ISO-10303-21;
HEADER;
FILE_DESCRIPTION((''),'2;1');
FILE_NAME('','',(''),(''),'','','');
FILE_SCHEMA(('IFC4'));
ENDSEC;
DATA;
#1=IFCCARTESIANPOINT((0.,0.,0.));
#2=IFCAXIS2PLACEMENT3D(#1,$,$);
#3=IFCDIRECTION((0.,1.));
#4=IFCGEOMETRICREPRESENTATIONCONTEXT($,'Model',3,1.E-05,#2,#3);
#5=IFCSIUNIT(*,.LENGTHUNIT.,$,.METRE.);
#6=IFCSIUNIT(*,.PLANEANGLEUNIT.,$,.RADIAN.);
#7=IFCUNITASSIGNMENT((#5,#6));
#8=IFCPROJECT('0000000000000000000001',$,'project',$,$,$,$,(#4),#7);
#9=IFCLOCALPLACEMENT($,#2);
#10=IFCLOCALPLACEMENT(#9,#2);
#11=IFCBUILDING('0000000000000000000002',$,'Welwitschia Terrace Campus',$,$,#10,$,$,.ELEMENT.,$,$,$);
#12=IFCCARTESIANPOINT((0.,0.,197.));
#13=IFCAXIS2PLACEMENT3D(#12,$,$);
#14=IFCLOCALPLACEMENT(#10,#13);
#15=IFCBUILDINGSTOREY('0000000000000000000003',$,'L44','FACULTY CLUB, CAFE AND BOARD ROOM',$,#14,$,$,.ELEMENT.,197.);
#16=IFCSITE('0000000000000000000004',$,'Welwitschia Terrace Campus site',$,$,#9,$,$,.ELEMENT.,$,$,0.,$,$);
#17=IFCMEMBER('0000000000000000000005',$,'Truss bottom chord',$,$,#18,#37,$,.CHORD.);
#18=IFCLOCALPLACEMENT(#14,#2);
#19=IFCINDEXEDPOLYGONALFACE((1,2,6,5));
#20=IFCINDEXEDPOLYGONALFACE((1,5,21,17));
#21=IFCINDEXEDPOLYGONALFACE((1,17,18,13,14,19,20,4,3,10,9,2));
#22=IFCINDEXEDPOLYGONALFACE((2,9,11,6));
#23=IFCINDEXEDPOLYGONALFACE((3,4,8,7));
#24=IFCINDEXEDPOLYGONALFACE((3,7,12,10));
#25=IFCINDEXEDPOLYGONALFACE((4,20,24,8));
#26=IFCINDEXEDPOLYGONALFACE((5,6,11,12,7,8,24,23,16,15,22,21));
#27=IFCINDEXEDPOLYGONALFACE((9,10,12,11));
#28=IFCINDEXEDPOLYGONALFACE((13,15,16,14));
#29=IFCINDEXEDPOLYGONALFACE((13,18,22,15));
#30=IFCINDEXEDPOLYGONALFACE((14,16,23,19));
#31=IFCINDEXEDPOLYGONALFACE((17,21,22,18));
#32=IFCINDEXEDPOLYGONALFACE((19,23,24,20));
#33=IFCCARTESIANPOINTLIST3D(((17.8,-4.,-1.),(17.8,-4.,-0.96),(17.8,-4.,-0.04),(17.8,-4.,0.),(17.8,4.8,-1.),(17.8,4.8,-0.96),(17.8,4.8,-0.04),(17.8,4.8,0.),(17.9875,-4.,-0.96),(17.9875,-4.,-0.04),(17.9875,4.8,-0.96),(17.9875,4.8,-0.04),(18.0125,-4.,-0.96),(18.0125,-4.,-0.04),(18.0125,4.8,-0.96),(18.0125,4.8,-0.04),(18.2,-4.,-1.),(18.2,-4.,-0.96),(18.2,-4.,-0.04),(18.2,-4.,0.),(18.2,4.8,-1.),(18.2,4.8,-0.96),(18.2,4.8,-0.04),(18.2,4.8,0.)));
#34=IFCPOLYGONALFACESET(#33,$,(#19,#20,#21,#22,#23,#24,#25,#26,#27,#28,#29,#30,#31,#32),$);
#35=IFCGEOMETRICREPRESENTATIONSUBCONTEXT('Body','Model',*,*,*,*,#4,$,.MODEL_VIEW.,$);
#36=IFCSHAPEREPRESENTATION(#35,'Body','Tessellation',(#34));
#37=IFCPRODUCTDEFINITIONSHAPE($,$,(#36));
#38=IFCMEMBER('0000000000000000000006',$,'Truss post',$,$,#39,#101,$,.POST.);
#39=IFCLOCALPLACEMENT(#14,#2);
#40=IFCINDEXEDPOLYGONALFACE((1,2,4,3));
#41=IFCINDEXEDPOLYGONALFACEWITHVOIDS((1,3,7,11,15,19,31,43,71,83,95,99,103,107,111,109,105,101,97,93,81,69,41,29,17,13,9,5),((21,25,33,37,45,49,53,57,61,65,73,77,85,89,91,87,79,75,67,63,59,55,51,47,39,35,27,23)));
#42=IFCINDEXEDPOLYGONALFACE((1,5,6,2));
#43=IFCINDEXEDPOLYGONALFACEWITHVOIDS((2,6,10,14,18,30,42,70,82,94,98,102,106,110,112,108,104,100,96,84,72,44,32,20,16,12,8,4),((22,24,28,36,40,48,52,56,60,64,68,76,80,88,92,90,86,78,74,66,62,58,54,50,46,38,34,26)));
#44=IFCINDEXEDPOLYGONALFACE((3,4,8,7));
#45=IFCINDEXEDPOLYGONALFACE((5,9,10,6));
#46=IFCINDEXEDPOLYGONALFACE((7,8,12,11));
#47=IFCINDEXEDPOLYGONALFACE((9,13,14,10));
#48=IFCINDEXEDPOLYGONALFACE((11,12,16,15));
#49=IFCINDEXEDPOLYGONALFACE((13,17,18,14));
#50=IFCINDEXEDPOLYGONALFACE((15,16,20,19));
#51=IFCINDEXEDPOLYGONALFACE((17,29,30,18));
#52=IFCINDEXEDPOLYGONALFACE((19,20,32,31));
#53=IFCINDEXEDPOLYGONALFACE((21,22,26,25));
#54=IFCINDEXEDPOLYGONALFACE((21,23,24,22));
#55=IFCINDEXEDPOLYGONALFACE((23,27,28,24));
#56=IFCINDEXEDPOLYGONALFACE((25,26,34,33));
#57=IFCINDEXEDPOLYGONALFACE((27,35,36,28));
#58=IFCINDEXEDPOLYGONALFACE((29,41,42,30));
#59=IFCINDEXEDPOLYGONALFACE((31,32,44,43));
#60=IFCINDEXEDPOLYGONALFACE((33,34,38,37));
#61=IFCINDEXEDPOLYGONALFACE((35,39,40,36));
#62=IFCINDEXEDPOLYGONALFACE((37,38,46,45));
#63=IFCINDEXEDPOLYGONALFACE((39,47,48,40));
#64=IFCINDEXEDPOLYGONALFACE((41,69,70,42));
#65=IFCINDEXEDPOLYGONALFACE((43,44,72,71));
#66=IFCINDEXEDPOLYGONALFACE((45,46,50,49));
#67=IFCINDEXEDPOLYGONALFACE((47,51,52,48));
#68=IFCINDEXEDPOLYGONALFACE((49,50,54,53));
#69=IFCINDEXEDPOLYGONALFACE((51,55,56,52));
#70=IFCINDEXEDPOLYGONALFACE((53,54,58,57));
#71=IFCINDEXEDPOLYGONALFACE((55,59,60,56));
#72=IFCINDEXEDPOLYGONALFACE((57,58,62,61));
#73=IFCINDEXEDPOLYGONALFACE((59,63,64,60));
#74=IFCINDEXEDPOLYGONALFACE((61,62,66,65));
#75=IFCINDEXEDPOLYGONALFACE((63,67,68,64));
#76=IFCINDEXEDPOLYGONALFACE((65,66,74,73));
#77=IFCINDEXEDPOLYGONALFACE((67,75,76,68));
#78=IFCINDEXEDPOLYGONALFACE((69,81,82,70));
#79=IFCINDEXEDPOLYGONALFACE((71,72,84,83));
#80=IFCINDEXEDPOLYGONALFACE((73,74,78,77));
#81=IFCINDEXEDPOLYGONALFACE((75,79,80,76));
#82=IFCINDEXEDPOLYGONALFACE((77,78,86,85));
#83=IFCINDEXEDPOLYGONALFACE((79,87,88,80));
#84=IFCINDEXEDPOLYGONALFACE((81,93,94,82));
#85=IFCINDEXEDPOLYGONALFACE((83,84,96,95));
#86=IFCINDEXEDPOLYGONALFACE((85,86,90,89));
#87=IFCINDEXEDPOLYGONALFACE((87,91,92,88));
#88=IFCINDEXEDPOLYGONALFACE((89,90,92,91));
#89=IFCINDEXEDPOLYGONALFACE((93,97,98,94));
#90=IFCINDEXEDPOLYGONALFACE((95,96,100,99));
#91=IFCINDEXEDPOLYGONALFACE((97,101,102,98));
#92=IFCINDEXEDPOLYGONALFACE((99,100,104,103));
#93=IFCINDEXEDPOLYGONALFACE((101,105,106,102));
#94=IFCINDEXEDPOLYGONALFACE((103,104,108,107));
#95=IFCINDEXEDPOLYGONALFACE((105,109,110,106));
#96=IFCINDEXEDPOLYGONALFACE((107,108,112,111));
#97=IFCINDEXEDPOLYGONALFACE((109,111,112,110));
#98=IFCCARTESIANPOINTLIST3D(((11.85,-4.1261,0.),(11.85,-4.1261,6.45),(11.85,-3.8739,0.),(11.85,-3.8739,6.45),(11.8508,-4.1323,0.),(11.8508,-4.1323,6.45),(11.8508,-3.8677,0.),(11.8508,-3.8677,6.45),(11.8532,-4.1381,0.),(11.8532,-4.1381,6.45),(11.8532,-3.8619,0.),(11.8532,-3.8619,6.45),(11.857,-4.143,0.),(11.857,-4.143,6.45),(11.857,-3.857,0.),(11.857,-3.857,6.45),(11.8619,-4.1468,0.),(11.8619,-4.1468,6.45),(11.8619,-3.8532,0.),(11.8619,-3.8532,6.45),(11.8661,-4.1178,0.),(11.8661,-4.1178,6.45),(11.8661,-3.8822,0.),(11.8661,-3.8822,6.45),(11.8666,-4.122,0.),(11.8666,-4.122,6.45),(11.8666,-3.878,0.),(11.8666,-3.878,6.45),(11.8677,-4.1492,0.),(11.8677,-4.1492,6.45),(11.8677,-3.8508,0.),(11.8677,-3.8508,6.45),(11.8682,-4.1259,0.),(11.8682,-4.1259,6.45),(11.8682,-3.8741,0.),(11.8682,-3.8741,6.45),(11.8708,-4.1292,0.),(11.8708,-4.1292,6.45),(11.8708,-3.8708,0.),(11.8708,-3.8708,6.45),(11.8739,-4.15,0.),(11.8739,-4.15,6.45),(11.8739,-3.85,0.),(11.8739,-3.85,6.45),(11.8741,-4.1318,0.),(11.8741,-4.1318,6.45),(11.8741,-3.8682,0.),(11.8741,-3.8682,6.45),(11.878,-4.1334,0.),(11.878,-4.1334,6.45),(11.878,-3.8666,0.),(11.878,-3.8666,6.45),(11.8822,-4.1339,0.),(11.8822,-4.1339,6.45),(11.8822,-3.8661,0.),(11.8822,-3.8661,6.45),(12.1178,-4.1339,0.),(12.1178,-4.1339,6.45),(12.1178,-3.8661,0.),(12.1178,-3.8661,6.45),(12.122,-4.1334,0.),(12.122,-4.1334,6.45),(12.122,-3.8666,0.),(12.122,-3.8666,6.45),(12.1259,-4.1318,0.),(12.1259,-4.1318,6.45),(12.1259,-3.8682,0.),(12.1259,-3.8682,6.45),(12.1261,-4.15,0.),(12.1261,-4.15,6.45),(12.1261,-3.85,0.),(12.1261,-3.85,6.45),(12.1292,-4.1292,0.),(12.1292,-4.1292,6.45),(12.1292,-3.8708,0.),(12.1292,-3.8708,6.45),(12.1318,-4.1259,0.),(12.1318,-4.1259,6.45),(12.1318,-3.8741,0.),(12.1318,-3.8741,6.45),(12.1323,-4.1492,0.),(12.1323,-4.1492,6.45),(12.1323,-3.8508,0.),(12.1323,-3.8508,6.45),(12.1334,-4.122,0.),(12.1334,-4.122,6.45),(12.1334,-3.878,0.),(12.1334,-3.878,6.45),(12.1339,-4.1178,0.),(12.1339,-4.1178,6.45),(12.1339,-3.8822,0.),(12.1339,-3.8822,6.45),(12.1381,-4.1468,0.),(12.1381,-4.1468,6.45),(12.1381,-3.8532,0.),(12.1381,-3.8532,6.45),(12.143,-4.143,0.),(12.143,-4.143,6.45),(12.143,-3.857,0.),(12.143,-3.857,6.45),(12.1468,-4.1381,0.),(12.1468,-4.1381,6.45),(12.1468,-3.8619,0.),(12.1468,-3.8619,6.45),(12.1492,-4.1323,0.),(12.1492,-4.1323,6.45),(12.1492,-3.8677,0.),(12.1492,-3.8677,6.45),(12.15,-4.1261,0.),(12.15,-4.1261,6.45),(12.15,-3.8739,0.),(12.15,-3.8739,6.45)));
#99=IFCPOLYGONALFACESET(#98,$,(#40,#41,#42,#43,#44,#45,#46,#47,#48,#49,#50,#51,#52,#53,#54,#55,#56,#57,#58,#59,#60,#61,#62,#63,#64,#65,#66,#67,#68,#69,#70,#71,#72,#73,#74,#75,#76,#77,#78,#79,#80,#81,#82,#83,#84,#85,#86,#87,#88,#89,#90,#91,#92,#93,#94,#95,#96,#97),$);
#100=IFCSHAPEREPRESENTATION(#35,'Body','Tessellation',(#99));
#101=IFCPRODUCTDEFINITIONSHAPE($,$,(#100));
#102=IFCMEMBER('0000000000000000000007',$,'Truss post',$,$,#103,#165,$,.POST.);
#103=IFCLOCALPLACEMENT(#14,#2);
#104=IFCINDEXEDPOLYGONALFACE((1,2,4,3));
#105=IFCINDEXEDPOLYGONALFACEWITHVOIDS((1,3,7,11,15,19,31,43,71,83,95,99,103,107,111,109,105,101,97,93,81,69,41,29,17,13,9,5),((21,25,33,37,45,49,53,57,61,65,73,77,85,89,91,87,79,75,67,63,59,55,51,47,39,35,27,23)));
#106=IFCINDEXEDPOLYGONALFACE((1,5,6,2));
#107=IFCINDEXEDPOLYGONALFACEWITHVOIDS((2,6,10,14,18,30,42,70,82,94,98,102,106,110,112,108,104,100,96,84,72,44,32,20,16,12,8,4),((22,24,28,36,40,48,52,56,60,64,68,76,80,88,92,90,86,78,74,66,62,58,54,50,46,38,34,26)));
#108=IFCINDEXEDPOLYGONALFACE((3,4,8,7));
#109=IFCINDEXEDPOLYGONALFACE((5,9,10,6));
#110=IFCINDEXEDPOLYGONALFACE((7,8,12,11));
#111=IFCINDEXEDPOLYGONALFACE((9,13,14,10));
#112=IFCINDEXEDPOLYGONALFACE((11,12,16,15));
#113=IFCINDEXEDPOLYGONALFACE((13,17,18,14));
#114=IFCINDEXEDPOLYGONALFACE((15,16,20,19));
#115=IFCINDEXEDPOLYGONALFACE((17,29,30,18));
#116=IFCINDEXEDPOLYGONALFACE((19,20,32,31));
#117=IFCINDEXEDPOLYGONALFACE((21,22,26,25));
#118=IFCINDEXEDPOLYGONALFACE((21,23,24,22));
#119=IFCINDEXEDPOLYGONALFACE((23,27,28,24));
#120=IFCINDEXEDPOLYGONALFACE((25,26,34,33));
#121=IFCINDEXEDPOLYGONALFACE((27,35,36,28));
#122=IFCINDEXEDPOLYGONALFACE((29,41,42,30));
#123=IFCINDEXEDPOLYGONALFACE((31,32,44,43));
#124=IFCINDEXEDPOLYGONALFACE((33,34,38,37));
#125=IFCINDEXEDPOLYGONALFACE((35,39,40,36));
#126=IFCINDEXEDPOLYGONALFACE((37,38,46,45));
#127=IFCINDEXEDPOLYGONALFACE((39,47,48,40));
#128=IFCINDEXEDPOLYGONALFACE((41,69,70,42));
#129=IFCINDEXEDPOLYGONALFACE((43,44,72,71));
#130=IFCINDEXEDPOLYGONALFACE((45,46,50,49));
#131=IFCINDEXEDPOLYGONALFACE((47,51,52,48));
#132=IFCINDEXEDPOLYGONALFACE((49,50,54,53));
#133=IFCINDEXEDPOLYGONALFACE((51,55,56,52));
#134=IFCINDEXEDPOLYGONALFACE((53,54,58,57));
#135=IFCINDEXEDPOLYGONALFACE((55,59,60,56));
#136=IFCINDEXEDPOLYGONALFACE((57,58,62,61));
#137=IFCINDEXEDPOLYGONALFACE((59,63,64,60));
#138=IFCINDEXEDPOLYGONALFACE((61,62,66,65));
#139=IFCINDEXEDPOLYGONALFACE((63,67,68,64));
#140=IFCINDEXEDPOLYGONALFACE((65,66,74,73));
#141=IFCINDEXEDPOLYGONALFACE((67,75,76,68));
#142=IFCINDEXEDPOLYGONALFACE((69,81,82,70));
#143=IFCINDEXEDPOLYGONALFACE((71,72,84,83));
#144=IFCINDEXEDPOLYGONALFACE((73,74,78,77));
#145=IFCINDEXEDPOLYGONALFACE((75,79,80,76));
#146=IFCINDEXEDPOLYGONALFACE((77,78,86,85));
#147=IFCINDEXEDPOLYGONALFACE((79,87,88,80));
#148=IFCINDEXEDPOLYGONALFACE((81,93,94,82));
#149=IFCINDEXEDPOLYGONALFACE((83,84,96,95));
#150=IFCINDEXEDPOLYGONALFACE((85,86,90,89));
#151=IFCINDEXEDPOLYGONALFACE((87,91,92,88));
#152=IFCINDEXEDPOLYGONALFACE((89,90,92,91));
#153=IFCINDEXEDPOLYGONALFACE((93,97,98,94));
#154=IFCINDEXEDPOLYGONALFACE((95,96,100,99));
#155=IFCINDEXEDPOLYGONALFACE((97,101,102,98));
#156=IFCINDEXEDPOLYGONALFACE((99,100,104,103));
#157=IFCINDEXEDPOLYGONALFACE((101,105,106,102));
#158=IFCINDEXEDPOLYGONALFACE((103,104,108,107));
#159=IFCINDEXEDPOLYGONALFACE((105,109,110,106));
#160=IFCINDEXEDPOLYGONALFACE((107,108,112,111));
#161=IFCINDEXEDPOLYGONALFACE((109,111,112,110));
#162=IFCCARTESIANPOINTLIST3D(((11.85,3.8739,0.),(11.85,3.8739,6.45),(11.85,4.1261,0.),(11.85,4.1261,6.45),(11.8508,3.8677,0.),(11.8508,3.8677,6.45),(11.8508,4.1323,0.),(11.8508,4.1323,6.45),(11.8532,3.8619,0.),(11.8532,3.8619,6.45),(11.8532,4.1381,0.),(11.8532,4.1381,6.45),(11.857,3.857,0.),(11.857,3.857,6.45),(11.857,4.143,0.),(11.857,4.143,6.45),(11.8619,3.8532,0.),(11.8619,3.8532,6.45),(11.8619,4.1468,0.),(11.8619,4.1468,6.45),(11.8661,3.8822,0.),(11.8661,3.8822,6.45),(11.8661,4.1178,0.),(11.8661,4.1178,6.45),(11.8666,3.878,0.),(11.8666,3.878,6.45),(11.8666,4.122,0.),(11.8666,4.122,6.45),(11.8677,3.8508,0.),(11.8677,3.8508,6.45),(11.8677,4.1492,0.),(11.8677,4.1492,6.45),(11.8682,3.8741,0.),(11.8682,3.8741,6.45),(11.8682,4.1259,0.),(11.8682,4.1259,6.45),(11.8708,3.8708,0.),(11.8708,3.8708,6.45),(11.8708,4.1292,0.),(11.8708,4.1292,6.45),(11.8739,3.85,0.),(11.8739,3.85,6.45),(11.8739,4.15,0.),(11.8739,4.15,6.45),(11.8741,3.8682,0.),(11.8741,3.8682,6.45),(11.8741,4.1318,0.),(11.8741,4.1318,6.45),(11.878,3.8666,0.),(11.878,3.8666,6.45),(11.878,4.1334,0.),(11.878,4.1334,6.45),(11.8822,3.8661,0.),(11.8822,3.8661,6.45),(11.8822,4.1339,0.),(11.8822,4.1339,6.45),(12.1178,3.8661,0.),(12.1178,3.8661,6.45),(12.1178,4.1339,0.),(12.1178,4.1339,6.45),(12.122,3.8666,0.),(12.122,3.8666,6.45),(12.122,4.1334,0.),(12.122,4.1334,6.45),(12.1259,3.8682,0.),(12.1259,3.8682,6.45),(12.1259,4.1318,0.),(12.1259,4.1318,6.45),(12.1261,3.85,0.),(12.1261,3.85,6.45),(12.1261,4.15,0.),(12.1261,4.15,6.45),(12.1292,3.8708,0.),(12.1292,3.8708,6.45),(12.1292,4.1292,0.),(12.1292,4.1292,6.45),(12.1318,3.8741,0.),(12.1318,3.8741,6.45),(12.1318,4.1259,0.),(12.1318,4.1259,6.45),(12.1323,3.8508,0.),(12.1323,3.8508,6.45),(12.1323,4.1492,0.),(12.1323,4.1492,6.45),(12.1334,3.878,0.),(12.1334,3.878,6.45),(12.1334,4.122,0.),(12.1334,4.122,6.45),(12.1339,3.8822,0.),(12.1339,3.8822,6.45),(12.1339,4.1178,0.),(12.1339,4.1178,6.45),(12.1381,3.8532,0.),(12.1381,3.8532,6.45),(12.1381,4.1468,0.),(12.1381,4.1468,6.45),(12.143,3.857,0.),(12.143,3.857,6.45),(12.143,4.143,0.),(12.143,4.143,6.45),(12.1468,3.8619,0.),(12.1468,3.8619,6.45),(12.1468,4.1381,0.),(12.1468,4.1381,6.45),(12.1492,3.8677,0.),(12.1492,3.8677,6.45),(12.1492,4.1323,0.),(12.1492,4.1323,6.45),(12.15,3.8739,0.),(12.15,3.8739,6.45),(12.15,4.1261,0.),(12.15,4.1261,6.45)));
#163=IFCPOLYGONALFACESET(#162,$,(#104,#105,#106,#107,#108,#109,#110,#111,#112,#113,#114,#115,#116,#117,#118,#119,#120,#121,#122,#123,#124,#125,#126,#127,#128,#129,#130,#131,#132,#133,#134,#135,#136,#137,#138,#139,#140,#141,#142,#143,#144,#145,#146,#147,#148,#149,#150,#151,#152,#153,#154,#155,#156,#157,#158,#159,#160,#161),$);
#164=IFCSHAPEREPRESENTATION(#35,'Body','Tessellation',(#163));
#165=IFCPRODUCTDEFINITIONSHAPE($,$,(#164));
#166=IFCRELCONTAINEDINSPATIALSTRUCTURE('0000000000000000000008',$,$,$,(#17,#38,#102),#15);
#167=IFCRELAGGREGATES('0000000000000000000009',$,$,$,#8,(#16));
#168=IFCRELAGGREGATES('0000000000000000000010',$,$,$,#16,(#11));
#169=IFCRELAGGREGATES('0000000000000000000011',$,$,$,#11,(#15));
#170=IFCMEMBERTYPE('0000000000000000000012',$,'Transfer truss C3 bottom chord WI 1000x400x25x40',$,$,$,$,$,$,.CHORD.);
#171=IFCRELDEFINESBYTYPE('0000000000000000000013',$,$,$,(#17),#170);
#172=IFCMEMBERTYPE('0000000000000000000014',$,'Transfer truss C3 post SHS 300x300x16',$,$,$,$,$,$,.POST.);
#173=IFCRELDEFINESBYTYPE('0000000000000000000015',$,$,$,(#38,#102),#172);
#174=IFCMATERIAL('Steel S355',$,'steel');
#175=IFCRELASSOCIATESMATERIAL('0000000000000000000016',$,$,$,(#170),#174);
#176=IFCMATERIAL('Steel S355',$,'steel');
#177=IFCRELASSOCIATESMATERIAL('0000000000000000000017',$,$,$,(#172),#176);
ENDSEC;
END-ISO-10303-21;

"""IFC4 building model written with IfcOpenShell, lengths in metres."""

from ifc_helpers import new_model, si_unit, direction, frame, origin, origin_2d, place, context, subcontext, project, spatial, hollow_rectangle, i_section, extrude, material, material_profile, profile_set, type_object, element, save


model = new_model("IFC4")

# Units and contexts
model_context = context("Model", 3, precision=1e-05, world=origin(), true_north=direction((0.0, 1.0)))
body_context = subcontext(model_context, "Body", "Model", "MODEL_VIEW")
ifc_project = project(units=[si_unit("LENGTHUNIT", "METRE"), si_unit("PLANEANGLEUNIT", "RADIAN")], contexts=[model_context])

# Site, building, storey
site_placement = place(None, origin())
site = spatial("IfcSite", under=ifc_project, at=site_placement, Name="Welwitschia Terrace Campus site", CompositionType="ELEMENT", RefElevation=0.0)
building_placement = place(site_placement, origin())
building = spatial("IfcBuilding", under=site, at=building_placement, Name="Welwitschia Terrace Campus", CompositionType="ELEMENT")
storey_placement = place(building_placement, frame((0.0, 0.0, 197.0)))
storey = spatial("IfcBuildingStorey", under=building, at=storey_placement, Name="L44", Description="FACULTY CLUB, CAFE AND BOARD ROOM", CompositionType="ELEMENT", Elevation=197.0)

# Members
ifc_material_1 = material(Name="Steel S355", Category="steel")
ifc_material_profile_1 = material_profile(ifc_material_1, i_section(OverallWidth=0.3999, OverallDepth=1.0, WebThickness=0.0249, FlangeThickness=0.04, at=origin_2d()))
ifc_profile_set_1 = profile_set([ifc_material_profile_1], Name="Steel S355")
member_type_1 = type_object("IfcMemberType", Name="Transfer truss C3 bottom chord WI 1000x400x25x40", PredefinedType="CHORD", material=ifc_profile_set_1)
member_1_placement = place(storey_placement, frame((18.0, -4.0, -0.5), z_axis=(0.0, 1.0, 0.0), x_axis=(-1.0, 0.0, 0.0)))
element("IfcMember", 1, at=member_1_placement, inside=storey, type_object=member_type_1, Name="Truss bottom chord", PredefinedType="CHORD", context=body_context, shape_type="SweptSolid", body=[
    extrude(i_section(OverallWidth=0.3999, OverallDepth=1.0, WebThickness=0.0249, FlangeThickness=0.04, at=origin_2d()), origin(), (0.0, 0.0, 1.0), 8.8),
])
ifc_material_2 = material(Name="Steel S355", Category="steel")
ifc_material_profile_2 = material_profile(ifc_material_2, hollow_rectangle(XDim=0.3, YDim=0.3, WallThickness=0.0161, InnerFilletRadius=0.0161, OuterFilletRadius=0.0239, at=origin_2d()))
ifc_profile_set_2 = profile_set([ifc_material_profile_2], Name="Steel S355")
member_type_2 = type_object("IfcMemberType", Name="Transfer truss C3 post SHS 300x300x16", PredefinedType="POST", material=ifc_profile_set_2)
for number, where, z_axis, x_axis, name in (
    (2, (12.0, -4.0, 0.0), (0.0, 0.0, 1.0), (1.0, 0.0, 0.0), "Truss post"),
    (3, (12.0, 4.0, 0.0), (0.0, 0.0, 1.0), (1.0, 0.0, 0.0), "Truss post"),
):
    element("IfcMember", number, at=place(storey_placement, frame(where, z_axis=z_axis, x_axis=x_axis)), inside=storey, type_object=member_type_2, Name=name, PredefinedType="POST", context=body_context, shape_type="SweptSolid", body=[
        extrude(hollow_rectangle(XDim=0.3, YDim=0.3, WallThickness=0.0161, InnerFilletRadius=0.0161, OuterFilletRadius=0.0239, at=origin_2d()), origin(), (0.0, 0.0, 1.0), 6.45),
    ])

save(model, "model.ifc")
